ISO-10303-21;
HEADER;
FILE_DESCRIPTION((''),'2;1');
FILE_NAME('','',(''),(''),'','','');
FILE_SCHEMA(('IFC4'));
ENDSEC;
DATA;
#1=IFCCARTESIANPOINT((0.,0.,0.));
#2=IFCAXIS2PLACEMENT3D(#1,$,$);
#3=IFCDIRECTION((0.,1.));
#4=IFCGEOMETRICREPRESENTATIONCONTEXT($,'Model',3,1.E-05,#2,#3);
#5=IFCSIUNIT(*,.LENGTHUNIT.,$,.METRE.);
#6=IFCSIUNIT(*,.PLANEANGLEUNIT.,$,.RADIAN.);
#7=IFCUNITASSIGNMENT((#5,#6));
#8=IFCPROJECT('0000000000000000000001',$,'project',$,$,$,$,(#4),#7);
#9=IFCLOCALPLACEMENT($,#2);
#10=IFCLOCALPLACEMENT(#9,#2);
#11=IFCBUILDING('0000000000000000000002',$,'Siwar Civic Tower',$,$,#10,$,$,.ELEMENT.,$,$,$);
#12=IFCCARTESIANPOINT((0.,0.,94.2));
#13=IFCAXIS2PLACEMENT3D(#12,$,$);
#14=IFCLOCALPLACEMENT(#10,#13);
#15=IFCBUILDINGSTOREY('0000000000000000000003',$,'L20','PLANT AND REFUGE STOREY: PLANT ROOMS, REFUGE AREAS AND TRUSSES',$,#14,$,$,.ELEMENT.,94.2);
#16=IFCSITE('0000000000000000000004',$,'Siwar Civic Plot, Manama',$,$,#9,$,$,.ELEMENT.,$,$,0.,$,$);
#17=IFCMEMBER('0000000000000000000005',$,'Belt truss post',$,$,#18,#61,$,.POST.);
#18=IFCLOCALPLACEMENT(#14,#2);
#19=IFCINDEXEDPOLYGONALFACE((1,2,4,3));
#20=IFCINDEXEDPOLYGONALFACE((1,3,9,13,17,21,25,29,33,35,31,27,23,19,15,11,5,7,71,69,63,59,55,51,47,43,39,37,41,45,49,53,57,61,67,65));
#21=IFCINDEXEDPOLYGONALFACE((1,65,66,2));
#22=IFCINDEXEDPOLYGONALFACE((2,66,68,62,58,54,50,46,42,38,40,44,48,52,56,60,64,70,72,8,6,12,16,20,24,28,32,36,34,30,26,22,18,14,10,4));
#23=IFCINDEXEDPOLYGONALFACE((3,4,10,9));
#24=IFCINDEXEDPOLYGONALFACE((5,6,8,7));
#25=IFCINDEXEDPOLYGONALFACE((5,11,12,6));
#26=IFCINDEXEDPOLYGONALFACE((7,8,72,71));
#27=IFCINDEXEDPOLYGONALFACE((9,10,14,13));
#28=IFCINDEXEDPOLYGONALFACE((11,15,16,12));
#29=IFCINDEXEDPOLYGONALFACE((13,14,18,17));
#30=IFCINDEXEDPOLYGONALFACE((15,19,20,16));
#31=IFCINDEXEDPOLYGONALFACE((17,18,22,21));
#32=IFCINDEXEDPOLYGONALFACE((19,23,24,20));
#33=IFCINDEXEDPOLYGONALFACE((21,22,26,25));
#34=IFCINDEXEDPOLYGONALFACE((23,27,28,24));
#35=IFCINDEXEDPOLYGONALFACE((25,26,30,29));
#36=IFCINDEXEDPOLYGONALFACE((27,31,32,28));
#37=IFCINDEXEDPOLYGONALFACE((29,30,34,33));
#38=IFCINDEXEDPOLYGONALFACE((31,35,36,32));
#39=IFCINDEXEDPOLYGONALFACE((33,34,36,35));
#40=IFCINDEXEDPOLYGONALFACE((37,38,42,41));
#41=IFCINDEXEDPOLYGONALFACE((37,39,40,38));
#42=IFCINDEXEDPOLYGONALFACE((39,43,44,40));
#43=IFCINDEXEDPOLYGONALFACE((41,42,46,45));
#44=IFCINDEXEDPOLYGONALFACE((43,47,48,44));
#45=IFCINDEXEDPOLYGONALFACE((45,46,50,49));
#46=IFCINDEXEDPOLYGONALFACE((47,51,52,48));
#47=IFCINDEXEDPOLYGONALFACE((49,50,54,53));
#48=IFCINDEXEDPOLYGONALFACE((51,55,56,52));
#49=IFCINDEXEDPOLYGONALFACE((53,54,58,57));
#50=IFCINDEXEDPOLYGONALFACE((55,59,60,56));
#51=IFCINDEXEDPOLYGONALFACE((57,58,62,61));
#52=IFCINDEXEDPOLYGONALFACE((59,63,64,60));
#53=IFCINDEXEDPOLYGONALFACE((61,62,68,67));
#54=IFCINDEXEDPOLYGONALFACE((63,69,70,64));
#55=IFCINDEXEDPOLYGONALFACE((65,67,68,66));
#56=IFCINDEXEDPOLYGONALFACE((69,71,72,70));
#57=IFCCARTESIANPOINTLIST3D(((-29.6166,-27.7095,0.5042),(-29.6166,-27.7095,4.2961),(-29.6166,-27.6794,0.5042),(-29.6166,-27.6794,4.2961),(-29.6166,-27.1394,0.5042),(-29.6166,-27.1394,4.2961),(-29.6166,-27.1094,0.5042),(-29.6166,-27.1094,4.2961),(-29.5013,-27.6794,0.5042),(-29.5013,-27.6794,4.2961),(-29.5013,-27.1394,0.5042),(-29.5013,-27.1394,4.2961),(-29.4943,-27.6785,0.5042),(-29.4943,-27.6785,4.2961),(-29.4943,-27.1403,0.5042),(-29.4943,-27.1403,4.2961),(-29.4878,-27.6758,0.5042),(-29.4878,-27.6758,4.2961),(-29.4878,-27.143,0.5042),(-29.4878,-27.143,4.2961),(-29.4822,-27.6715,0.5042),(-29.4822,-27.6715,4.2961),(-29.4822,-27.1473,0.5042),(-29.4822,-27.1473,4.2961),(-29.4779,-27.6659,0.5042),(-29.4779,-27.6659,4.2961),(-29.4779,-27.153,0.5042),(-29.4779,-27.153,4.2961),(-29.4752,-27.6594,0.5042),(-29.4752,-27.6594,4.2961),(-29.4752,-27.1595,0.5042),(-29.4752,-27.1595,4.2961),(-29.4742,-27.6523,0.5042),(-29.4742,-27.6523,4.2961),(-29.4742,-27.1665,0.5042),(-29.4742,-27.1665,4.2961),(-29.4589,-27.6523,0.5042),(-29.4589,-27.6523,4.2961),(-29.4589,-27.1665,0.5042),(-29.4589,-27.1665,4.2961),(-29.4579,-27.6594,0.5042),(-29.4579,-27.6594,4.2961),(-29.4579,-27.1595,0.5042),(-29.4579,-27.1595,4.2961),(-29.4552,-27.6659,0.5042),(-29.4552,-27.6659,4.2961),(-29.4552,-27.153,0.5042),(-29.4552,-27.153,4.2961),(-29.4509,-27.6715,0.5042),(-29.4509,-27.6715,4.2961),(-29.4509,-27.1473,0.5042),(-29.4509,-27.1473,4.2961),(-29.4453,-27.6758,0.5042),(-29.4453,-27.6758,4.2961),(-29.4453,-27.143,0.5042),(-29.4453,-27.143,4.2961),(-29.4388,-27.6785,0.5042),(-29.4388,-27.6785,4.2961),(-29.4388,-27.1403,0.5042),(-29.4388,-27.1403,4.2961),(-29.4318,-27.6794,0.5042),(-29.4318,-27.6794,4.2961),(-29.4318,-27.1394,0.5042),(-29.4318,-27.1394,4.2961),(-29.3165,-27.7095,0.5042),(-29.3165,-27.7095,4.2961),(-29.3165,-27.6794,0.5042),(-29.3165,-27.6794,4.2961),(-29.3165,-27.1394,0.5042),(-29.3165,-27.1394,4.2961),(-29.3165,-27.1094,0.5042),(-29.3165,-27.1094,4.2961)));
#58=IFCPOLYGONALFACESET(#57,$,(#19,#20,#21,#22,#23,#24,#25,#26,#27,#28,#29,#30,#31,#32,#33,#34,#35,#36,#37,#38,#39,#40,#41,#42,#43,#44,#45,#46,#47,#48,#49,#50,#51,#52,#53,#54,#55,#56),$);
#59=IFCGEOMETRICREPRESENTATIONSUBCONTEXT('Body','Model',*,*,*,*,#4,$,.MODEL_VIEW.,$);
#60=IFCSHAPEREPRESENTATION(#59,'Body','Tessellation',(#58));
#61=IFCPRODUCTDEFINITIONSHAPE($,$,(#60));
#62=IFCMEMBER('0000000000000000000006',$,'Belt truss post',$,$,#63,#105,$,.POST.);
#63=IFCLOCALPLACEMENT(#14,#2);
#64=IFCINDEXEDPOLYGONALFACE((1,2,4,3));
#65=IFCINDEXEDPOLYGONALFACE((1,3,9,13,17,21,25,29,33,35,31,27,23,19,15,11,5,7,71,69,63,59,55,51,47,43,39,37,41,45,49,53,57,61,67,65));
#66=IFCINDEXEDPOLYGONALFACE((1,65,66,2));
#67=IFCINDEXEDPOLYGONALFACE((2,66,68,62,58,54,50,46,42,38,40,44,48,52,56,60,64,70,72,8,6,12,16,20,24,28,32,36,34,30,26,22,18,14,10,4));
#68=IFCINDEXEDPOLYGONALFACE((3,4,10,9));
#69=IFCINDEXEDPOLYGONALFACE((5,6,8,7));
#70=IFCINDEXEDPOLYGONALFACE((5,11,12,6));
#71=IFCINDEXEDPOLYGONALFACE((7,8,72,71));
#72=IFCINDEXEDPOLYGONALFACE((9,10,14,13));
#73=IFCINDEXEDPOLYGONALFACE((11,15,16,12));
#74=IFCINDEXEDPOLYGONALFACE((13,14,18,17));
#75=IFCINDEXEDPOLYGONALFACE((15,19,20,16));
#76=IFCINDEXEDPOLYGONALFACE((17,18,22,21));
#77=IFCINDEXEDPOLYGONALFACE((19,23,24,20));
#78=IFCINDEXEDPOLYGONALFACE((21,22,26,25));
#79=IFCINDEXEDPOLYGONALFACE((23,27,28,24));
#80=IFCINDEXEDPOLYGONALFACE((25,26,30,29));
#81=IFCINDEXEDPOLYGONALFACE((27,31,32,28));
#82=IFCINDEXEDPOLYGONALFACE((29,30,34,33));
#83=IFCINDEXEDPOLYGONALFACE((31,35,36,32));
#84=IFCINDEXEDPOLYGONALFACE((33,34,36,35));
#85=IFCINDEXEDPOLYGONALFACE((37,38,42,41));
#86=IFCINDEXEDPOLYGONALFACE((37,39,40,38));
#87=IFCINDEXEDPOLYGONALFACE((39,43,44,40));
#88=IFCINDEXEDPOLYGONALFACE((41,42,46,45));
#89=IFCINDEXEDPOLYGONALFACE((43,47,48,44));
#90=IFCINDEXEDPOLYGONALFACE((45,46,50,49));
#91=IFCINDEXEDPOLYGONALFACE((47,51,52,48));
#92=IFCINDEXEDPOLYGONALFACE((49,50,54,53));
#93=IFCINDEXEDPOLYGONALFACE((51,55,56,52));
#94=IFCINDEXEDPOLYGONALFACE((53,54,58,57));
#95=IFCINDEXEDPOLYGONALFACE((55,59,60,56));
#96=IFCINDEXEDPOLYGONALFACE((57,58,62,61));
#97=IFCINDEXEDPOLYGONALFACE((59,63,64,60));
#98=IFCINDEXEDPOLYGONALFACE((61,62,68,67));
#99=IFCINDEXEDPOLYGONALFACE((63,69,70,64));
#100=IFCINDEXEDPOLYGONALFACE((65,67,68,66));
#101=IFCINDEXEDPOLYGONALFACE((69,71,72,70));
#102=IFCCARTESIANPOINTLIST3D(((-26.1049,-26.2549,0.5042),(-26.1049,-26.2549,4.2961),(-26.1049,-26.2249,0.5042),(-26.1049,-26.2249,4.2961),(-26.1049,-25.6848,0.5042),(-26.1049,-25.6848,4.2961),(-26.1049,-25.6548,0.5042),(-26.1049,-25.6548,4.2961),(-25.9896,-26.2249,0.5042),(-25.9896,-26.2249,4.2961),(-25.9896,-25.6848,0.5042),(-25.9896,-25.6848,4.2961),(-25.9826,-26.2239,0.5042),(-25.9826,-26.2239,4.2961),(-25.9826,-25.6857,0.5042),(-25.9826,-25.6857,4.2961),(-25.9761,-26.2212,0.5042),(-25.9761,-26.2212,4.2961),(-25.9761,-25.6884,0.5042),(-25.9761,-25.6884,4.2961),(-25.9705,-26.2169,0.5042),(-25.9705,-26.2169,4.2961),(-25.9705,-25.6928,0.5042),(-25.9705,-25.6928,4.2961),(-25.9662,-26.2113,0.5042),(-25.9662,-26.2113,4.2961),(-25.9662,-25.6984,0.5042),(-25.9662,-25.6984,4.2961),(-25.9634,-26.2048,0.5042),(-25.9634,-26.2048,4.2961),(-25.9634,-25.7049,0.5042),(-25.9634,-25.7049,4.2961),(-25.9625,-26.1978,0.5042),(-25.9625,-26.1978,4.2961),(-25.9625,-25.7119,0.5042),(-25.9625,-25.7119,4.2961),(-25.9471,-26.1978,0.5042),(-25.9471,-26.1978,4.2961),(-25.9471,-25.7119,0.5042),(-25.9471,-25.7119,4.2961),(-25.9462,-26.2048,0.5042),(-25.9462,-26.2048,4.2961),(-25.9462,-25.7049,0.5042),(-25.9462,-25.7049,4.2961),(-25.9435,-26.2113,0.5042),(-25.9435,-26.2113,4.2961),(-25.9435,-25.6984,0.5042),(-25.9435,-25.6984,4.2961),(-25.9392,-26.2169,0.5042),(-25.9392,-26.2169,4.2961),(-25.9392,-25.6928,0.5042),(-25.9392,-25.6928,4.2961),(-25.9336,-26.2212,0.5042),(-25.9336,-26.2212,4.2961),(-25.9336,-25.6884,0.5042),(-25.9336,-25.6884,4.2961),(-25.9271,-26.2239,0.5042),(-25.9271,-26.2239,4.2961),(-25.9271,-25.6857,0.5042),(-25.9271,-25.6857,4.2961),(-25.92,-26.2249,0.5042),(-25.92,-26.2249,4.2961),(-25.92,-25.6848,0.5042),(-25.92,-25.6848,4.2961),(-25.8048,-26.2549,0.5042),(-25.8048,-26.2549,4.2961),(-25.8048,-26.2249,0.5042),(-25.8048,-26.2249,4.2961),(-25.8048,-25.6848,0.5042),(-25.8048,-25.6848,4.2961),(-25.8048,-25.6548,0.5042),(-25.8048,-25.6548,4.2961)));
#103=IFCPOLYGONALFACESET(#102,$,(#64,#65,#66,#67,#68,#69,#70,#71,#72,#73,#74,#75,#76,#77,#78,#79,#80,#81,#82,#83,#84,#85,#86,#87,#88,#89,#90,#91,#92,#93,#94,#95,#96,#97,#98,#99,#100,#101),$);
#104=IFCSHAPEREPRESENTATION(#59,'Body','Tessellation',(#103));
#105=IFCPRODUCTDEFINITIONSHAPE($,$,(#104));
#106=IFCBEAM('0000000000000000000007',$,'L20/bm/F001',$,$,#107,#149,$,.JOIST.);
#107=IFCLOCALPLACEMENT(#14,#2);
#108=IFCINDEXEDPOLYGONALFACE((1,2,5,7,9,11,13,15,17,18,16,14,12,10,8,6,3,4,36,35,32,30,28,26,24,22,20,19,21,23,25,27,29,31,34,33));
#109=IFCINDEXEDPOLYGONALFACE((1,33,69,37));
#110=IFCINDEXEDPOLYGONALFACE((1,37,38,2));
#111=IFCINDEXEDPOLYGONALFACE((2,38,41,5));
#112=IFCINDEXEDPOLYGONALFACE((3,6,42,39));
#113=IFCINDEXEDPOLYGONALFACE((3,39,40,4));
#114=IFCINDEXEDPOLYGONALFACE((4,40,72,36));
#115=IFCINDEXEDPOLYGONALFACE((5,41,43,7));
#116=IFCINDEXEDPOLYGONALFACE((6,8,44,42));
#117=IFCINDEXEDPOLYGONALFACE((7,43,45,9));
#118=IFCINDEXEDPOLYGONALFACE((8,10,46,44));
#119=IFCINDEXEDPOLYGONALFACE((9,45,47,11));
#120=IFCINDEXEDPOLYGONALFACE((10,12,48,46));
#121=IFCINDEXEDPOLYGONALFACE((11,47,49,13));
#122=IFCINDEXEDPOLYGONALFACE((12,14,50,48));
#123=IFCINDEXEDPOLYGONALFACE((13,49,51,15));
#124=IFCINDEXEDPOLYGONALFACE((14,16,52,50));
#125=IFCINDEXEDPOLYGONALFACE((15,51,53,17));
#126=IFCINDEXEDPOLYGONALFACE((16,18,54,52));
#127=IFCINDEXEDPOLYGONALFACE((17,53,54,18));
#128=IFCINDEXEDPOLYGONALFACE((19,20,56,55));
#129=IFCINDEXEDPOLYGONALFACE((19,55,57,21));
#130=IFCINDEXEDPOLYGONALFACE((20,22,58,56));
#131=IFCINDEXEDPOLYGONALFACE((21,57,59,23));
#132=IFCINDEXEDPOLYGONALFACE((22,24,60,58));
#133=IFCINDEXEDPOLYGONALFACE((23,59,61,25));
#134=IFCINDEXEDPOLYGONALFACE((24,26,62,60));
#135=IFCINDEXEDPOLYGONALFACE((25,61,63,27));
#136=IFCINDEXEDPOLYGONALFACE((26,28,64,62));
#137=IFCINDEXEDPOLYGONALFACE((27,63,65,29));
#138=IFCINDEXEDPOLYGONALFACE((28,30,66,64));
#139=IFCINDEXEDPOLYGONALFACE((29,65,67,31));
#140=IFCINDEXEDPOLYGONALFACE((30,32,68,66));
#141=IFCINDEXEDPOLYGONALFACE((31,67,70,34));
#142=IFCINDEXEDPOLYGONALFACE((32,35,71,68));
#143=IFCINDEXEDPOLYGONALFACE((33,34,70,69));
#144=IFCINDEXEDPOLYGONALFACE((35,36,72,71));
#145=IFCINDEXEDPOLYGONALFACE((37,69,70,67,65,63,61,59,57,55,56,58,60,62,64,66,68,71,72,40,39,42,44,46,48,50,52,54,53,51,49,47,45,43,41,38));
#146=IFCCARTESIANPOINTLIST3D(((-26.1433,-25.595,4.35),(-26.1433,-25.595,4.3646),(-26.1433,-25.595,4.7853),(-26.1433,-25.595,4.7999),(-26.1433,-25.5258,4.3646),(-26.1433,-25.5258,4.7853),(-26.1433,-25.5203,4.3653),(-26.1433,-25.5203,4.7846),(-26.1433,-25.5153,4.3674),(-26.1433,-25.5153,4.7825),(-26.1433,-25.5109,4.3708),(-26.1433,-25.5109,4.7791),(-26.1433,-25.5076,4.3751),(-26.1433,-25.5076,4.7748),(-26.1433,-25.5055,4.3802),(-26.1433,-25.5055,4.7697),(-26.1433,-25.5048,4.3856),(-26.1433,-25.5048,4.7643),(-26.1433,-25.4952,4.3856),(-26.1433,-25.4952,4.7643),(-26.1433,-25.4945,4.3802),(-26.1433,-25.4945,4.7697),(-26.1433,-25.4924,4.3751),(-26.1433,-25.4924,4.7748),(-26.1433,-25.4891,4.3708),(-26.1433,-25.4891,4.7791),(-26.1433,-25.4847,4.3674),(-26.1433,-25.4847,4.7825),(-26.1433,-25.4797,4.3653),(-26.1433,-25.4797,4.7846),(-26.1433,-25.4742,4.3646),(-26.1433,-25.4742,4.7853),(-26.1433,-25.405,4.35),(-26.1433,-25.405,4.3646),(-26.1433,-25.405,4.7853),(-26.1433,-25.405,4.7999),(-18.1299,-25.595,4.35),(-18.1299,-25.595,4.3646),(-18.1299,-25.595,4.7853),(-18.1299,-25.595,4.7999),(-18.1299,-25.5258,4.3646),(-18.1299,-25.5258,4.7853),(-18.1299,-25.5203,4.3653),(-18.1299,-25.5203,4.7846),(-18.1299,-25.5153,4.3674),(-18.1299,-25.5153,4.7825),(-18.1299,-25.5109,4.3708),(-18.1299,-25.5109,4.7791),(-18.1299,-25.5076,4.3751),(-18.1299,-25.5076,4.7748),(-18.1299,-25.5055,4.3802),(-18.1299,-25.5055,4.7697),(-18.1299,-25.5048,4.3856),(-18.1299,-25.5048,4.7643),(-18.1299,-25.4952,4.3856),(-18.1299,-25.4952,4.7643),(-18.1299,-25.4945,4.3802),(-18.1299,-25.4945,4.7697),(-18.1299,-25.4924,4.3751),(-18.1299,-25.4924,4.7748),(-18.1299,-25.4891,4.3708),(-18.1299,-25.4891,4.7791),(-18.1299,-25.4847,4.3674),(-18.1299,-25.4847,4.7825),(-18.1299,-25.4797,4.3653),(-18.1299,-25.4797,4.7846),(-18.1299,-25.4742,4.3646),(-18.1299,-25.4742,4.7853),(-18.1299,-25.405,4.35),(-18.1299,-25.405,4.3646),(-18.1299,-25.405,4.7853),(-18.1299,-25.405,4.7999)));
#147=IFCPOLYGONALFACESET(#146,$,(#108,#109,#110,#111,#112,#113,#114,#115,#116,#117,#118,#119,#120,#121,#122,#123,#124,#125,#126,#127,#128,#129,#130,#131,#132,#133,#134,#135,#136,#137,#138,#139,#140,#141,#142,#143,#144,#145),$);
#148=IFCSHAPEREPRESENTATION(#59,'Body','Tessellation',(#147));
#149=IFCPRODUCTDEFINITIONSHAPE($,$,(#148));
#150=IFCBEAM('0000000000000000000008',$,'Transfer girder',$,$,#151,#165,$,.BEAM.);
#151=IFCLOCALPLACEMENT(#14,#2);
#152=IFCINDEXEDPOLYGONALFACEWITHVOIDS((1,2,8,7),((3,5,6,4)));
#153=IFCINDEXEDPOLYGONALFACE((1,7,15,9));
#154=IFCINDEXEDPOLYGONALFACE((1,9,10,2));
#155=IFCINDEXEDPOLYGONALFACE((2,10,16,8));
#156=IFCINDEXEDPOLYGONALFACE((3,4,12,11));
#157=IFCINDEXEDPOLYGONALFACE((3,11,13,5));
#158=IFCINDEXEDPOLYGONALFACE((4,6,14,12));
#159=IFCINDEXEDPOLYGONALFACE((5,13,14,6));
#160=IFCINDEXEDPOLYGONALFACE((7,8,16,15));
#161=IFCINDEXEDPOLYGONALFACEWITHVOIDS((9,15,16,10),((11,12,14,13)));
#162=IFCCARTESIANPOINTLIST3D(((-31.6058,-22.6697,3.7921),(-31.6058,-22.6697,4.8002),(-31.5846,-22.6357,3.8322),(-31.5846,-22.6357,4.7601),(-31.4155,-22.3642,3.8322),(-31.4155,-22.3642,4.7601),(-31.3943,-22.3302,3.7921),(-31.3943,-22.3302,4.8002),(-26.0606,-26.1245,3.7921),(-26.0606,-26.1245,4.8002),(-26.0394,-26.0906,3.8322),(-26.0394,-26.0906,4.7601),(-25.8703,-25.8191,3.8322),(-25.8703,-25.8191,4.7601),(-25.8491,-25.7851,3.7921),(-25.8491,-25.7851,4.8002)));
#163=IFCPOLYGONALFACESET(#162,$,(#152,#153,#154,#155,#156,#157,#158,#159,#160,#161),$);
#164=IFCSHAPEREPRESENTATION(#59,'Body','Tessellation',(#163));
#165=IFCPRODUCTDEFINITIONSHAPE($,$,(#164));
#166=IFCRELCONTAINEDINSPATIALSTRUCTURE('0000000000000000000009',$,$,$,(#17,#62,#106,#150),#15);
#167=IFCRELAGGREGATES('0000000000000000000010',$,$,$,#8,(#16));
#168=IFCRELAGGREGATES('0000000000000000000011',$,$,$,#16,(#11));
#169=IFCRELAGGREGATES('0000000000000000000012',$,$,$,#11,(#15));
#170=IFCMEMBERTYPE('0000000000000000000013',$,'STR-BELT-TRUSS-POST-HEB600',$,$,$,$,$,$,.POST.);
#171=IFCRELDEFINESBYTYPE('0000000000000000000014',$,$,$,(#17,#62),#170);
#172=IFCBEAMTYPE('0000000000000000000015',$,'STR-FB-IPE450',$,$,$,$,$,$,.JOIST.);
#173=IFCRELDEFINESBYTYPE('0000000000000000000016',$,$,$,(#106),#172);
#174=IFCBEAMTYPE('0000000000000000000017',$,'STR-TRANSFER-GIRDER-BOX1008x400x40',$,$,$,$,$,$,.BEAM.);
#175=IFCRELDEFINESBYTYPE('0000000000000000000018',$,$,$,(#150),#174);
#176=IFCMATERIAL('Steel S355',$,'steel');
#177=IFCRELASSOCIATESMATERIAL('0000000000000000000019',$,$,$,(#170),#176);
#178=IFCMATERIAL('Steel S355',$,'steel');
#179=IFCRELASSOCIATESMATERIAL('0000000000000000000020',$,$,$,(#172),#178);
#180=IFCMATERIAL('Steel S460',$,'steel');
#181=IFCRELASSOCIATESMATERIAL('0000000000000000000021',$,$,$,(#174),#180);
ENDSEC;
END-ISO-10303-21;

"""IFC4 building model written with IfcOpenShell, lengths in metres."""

from ifc_helpers import new_model, si_unit, direction, frame, origin, origin_2d, place, context, subcontext, project, spatial, hollow_rectangle, i_section, extrude, material, material_profile, profile_set, type_object, element, save


model = new_model("IFC4")

# Units and contexts
model_context = context("Model", 3, precision=1e-05, world=origin(), true_north=direction((0.0, 1.0)))
body_context = subcontext(model_context, "Body", "Model", "MODEL_VIEW")
ifc_project = project(units=[si_unit("LENGTHUNIT", "METRE"), si_unit("PLANEANGLEUNIT", "RADIAN")], contexts=[model_context])

# Site, building, storey
site_placement = place(None, origin())
site = spatial("IfcSite", under=ifc_project, at=site_placement, Name="Siwar Civic Plot, Manama", CompositionType="ELEMENT", RefElevation=0.0)
building_placement = place(site_placement, origin())
building = spatial("IfcBuilding", under=site, at=building_placement, Name="Siwar Civic Tower", CompositionType="ELEMENT")
storey_placement = place(building_placement, frame((0.0, 0.0, 94.2)))
storey = spatial("IfcBuildingStorey", under=building, at=storey_placement, Name="L20", Description="PLANT AND REFUGE STOREY: PLANT ROOMS, REFUGE AREAS AND TRUSSES", CompositionType="ELEMENT", Elevation=94.2)

# Members
ifc_material_1 = material(Name="Steel S355", Category="steel")
ifc_material_profile_1 = material_profile(ifc_material_1, i_section(OverallWidth=0.3, OverallDepth=0.6001, WebThickness=0.0154, FlangeThickness=0.03, FilletRadius=0.0271, at=origin_2d()), Name="HEB600")
ifc_profile_set_1 = profile_set([ifc_material_profile_1], Name="Steel S355")
member_type_1 = type_object("IfcMemberType", Name="STR-BELT-TRUSS-POST-HEB600", PredefinedType="POST", material=ifc_profile_set_1)
for number, where, z_axis, x_axis, name in (
    (1, (-29.4666, -27.4094, 0.5042), (0.0, 0.0, 1.0), (1.0, 0.0, 0.0), "Belt truss post"),
    (2, (-25.9548, -25.9548, 0.5042), (0.0, 0.0, 1.0), (1.0, 0.0, 0.0), "Belt truss post"),
):
    element("IfcMember", number, at=place(storey_placement, frame(where, z_axis=z_axis, x_axis=x_axis)), inside=storey, type_object=member_type_1, Name=name, PredefinedType="POST", context=body_context, shape_type="SweptSolid", body=[
        extrude(i_section(OverallWidth=0.3, OverallDepth=0.6001, WebThickness=0.0154, FlangeThickness=0.03, FilletRadius=0.0271, at=origin_2d()), origin(), (0.0, 0.0, 1.0), 3.792),
    ])

# Beams
ifc_material_2 = material(Name="Steel S355", Category="steel")
ifc_material_profile_2 = material_profile(ifc_material_2, i_section(OverallWidth=0.1899, OverallDepth=0.45, WebThickness=0.0095, FlangeThickness=0.0146, FilletRadius=0.021, at=origin_2d()), Name="IPE450")
ifc_profile_set_2 = profile_set([ifc_material_profile_2], Name="Steel S355")
beam_type_1 = type_object("IfcBeamType", Name="STR-FB-IPE450", PredefinedType="JOIST", material=ifc_profile_set_2)
beam_1_placement = place(storey_placement, frame((-26.1433, -25.5, 4.575), z_axis=(1.0, 0.0, 0.0), x_axis=(0.0, 1.0, 0.0)))
element("IfcBeam", 3, at=beam_1_placement, inside=storey, type_object=beam_type_1, Name="L20/bm/F001", PredefinedType="JOIST", context=body_context, shape_type="SweptSolid", body=[
    extrude(i_section(OverallWidth=0.1899, OverallDepth=0.45, WebThickness=0.0095, FlangeThickness=0.0146, FilletRadius=0.021, at=origin_2d()), origin(), (0.0, 0.0, 1.0), 8.0134),
])
ifc_material_3 = material(Name="Steel S460", Category="steel")
ifc_material_profile_3 = material_profile(ifc_material_3, hollow_rectangle(XDim=0.3999, YDim=1.0081, WallThickness=0.04, at=origin_2d()), Name="BOX1008x400x40")
ifc_profile_set_3 = profile_set([ifc_material_profile_3], Name="Steel S460")
beam_type_2 = type_object("IfcBeamType", Name="STR-TRANSFER-GIRDER-BOX1008x400x40", PredefinedType="BEAM", material=ifc_profile_set_3)
beam_2_placement = place(storey_placement, frame((-25.9548, -25.9548, 4.2961), z_axis=(-0.848747, 0.528799, 0.0), x_axis=(-0.528799, -0.848747, 0.0)))
element("IfcBeam", 4, at=beam_2_placement, inside=storey, type_object=beam_type_2, Name="Transfer girder", PredefinedType="BEAM", context=body_context, shape_type="SweptSolid", body=[
    extrude(hollow_rectangle(XDim=0.3999, YDim=1.0081, WallThickness=0.04, at=origin_2d()), origin(), (0.0, 0.0, 1.0), 6.5334),
])

save(model, "model.ifc")
